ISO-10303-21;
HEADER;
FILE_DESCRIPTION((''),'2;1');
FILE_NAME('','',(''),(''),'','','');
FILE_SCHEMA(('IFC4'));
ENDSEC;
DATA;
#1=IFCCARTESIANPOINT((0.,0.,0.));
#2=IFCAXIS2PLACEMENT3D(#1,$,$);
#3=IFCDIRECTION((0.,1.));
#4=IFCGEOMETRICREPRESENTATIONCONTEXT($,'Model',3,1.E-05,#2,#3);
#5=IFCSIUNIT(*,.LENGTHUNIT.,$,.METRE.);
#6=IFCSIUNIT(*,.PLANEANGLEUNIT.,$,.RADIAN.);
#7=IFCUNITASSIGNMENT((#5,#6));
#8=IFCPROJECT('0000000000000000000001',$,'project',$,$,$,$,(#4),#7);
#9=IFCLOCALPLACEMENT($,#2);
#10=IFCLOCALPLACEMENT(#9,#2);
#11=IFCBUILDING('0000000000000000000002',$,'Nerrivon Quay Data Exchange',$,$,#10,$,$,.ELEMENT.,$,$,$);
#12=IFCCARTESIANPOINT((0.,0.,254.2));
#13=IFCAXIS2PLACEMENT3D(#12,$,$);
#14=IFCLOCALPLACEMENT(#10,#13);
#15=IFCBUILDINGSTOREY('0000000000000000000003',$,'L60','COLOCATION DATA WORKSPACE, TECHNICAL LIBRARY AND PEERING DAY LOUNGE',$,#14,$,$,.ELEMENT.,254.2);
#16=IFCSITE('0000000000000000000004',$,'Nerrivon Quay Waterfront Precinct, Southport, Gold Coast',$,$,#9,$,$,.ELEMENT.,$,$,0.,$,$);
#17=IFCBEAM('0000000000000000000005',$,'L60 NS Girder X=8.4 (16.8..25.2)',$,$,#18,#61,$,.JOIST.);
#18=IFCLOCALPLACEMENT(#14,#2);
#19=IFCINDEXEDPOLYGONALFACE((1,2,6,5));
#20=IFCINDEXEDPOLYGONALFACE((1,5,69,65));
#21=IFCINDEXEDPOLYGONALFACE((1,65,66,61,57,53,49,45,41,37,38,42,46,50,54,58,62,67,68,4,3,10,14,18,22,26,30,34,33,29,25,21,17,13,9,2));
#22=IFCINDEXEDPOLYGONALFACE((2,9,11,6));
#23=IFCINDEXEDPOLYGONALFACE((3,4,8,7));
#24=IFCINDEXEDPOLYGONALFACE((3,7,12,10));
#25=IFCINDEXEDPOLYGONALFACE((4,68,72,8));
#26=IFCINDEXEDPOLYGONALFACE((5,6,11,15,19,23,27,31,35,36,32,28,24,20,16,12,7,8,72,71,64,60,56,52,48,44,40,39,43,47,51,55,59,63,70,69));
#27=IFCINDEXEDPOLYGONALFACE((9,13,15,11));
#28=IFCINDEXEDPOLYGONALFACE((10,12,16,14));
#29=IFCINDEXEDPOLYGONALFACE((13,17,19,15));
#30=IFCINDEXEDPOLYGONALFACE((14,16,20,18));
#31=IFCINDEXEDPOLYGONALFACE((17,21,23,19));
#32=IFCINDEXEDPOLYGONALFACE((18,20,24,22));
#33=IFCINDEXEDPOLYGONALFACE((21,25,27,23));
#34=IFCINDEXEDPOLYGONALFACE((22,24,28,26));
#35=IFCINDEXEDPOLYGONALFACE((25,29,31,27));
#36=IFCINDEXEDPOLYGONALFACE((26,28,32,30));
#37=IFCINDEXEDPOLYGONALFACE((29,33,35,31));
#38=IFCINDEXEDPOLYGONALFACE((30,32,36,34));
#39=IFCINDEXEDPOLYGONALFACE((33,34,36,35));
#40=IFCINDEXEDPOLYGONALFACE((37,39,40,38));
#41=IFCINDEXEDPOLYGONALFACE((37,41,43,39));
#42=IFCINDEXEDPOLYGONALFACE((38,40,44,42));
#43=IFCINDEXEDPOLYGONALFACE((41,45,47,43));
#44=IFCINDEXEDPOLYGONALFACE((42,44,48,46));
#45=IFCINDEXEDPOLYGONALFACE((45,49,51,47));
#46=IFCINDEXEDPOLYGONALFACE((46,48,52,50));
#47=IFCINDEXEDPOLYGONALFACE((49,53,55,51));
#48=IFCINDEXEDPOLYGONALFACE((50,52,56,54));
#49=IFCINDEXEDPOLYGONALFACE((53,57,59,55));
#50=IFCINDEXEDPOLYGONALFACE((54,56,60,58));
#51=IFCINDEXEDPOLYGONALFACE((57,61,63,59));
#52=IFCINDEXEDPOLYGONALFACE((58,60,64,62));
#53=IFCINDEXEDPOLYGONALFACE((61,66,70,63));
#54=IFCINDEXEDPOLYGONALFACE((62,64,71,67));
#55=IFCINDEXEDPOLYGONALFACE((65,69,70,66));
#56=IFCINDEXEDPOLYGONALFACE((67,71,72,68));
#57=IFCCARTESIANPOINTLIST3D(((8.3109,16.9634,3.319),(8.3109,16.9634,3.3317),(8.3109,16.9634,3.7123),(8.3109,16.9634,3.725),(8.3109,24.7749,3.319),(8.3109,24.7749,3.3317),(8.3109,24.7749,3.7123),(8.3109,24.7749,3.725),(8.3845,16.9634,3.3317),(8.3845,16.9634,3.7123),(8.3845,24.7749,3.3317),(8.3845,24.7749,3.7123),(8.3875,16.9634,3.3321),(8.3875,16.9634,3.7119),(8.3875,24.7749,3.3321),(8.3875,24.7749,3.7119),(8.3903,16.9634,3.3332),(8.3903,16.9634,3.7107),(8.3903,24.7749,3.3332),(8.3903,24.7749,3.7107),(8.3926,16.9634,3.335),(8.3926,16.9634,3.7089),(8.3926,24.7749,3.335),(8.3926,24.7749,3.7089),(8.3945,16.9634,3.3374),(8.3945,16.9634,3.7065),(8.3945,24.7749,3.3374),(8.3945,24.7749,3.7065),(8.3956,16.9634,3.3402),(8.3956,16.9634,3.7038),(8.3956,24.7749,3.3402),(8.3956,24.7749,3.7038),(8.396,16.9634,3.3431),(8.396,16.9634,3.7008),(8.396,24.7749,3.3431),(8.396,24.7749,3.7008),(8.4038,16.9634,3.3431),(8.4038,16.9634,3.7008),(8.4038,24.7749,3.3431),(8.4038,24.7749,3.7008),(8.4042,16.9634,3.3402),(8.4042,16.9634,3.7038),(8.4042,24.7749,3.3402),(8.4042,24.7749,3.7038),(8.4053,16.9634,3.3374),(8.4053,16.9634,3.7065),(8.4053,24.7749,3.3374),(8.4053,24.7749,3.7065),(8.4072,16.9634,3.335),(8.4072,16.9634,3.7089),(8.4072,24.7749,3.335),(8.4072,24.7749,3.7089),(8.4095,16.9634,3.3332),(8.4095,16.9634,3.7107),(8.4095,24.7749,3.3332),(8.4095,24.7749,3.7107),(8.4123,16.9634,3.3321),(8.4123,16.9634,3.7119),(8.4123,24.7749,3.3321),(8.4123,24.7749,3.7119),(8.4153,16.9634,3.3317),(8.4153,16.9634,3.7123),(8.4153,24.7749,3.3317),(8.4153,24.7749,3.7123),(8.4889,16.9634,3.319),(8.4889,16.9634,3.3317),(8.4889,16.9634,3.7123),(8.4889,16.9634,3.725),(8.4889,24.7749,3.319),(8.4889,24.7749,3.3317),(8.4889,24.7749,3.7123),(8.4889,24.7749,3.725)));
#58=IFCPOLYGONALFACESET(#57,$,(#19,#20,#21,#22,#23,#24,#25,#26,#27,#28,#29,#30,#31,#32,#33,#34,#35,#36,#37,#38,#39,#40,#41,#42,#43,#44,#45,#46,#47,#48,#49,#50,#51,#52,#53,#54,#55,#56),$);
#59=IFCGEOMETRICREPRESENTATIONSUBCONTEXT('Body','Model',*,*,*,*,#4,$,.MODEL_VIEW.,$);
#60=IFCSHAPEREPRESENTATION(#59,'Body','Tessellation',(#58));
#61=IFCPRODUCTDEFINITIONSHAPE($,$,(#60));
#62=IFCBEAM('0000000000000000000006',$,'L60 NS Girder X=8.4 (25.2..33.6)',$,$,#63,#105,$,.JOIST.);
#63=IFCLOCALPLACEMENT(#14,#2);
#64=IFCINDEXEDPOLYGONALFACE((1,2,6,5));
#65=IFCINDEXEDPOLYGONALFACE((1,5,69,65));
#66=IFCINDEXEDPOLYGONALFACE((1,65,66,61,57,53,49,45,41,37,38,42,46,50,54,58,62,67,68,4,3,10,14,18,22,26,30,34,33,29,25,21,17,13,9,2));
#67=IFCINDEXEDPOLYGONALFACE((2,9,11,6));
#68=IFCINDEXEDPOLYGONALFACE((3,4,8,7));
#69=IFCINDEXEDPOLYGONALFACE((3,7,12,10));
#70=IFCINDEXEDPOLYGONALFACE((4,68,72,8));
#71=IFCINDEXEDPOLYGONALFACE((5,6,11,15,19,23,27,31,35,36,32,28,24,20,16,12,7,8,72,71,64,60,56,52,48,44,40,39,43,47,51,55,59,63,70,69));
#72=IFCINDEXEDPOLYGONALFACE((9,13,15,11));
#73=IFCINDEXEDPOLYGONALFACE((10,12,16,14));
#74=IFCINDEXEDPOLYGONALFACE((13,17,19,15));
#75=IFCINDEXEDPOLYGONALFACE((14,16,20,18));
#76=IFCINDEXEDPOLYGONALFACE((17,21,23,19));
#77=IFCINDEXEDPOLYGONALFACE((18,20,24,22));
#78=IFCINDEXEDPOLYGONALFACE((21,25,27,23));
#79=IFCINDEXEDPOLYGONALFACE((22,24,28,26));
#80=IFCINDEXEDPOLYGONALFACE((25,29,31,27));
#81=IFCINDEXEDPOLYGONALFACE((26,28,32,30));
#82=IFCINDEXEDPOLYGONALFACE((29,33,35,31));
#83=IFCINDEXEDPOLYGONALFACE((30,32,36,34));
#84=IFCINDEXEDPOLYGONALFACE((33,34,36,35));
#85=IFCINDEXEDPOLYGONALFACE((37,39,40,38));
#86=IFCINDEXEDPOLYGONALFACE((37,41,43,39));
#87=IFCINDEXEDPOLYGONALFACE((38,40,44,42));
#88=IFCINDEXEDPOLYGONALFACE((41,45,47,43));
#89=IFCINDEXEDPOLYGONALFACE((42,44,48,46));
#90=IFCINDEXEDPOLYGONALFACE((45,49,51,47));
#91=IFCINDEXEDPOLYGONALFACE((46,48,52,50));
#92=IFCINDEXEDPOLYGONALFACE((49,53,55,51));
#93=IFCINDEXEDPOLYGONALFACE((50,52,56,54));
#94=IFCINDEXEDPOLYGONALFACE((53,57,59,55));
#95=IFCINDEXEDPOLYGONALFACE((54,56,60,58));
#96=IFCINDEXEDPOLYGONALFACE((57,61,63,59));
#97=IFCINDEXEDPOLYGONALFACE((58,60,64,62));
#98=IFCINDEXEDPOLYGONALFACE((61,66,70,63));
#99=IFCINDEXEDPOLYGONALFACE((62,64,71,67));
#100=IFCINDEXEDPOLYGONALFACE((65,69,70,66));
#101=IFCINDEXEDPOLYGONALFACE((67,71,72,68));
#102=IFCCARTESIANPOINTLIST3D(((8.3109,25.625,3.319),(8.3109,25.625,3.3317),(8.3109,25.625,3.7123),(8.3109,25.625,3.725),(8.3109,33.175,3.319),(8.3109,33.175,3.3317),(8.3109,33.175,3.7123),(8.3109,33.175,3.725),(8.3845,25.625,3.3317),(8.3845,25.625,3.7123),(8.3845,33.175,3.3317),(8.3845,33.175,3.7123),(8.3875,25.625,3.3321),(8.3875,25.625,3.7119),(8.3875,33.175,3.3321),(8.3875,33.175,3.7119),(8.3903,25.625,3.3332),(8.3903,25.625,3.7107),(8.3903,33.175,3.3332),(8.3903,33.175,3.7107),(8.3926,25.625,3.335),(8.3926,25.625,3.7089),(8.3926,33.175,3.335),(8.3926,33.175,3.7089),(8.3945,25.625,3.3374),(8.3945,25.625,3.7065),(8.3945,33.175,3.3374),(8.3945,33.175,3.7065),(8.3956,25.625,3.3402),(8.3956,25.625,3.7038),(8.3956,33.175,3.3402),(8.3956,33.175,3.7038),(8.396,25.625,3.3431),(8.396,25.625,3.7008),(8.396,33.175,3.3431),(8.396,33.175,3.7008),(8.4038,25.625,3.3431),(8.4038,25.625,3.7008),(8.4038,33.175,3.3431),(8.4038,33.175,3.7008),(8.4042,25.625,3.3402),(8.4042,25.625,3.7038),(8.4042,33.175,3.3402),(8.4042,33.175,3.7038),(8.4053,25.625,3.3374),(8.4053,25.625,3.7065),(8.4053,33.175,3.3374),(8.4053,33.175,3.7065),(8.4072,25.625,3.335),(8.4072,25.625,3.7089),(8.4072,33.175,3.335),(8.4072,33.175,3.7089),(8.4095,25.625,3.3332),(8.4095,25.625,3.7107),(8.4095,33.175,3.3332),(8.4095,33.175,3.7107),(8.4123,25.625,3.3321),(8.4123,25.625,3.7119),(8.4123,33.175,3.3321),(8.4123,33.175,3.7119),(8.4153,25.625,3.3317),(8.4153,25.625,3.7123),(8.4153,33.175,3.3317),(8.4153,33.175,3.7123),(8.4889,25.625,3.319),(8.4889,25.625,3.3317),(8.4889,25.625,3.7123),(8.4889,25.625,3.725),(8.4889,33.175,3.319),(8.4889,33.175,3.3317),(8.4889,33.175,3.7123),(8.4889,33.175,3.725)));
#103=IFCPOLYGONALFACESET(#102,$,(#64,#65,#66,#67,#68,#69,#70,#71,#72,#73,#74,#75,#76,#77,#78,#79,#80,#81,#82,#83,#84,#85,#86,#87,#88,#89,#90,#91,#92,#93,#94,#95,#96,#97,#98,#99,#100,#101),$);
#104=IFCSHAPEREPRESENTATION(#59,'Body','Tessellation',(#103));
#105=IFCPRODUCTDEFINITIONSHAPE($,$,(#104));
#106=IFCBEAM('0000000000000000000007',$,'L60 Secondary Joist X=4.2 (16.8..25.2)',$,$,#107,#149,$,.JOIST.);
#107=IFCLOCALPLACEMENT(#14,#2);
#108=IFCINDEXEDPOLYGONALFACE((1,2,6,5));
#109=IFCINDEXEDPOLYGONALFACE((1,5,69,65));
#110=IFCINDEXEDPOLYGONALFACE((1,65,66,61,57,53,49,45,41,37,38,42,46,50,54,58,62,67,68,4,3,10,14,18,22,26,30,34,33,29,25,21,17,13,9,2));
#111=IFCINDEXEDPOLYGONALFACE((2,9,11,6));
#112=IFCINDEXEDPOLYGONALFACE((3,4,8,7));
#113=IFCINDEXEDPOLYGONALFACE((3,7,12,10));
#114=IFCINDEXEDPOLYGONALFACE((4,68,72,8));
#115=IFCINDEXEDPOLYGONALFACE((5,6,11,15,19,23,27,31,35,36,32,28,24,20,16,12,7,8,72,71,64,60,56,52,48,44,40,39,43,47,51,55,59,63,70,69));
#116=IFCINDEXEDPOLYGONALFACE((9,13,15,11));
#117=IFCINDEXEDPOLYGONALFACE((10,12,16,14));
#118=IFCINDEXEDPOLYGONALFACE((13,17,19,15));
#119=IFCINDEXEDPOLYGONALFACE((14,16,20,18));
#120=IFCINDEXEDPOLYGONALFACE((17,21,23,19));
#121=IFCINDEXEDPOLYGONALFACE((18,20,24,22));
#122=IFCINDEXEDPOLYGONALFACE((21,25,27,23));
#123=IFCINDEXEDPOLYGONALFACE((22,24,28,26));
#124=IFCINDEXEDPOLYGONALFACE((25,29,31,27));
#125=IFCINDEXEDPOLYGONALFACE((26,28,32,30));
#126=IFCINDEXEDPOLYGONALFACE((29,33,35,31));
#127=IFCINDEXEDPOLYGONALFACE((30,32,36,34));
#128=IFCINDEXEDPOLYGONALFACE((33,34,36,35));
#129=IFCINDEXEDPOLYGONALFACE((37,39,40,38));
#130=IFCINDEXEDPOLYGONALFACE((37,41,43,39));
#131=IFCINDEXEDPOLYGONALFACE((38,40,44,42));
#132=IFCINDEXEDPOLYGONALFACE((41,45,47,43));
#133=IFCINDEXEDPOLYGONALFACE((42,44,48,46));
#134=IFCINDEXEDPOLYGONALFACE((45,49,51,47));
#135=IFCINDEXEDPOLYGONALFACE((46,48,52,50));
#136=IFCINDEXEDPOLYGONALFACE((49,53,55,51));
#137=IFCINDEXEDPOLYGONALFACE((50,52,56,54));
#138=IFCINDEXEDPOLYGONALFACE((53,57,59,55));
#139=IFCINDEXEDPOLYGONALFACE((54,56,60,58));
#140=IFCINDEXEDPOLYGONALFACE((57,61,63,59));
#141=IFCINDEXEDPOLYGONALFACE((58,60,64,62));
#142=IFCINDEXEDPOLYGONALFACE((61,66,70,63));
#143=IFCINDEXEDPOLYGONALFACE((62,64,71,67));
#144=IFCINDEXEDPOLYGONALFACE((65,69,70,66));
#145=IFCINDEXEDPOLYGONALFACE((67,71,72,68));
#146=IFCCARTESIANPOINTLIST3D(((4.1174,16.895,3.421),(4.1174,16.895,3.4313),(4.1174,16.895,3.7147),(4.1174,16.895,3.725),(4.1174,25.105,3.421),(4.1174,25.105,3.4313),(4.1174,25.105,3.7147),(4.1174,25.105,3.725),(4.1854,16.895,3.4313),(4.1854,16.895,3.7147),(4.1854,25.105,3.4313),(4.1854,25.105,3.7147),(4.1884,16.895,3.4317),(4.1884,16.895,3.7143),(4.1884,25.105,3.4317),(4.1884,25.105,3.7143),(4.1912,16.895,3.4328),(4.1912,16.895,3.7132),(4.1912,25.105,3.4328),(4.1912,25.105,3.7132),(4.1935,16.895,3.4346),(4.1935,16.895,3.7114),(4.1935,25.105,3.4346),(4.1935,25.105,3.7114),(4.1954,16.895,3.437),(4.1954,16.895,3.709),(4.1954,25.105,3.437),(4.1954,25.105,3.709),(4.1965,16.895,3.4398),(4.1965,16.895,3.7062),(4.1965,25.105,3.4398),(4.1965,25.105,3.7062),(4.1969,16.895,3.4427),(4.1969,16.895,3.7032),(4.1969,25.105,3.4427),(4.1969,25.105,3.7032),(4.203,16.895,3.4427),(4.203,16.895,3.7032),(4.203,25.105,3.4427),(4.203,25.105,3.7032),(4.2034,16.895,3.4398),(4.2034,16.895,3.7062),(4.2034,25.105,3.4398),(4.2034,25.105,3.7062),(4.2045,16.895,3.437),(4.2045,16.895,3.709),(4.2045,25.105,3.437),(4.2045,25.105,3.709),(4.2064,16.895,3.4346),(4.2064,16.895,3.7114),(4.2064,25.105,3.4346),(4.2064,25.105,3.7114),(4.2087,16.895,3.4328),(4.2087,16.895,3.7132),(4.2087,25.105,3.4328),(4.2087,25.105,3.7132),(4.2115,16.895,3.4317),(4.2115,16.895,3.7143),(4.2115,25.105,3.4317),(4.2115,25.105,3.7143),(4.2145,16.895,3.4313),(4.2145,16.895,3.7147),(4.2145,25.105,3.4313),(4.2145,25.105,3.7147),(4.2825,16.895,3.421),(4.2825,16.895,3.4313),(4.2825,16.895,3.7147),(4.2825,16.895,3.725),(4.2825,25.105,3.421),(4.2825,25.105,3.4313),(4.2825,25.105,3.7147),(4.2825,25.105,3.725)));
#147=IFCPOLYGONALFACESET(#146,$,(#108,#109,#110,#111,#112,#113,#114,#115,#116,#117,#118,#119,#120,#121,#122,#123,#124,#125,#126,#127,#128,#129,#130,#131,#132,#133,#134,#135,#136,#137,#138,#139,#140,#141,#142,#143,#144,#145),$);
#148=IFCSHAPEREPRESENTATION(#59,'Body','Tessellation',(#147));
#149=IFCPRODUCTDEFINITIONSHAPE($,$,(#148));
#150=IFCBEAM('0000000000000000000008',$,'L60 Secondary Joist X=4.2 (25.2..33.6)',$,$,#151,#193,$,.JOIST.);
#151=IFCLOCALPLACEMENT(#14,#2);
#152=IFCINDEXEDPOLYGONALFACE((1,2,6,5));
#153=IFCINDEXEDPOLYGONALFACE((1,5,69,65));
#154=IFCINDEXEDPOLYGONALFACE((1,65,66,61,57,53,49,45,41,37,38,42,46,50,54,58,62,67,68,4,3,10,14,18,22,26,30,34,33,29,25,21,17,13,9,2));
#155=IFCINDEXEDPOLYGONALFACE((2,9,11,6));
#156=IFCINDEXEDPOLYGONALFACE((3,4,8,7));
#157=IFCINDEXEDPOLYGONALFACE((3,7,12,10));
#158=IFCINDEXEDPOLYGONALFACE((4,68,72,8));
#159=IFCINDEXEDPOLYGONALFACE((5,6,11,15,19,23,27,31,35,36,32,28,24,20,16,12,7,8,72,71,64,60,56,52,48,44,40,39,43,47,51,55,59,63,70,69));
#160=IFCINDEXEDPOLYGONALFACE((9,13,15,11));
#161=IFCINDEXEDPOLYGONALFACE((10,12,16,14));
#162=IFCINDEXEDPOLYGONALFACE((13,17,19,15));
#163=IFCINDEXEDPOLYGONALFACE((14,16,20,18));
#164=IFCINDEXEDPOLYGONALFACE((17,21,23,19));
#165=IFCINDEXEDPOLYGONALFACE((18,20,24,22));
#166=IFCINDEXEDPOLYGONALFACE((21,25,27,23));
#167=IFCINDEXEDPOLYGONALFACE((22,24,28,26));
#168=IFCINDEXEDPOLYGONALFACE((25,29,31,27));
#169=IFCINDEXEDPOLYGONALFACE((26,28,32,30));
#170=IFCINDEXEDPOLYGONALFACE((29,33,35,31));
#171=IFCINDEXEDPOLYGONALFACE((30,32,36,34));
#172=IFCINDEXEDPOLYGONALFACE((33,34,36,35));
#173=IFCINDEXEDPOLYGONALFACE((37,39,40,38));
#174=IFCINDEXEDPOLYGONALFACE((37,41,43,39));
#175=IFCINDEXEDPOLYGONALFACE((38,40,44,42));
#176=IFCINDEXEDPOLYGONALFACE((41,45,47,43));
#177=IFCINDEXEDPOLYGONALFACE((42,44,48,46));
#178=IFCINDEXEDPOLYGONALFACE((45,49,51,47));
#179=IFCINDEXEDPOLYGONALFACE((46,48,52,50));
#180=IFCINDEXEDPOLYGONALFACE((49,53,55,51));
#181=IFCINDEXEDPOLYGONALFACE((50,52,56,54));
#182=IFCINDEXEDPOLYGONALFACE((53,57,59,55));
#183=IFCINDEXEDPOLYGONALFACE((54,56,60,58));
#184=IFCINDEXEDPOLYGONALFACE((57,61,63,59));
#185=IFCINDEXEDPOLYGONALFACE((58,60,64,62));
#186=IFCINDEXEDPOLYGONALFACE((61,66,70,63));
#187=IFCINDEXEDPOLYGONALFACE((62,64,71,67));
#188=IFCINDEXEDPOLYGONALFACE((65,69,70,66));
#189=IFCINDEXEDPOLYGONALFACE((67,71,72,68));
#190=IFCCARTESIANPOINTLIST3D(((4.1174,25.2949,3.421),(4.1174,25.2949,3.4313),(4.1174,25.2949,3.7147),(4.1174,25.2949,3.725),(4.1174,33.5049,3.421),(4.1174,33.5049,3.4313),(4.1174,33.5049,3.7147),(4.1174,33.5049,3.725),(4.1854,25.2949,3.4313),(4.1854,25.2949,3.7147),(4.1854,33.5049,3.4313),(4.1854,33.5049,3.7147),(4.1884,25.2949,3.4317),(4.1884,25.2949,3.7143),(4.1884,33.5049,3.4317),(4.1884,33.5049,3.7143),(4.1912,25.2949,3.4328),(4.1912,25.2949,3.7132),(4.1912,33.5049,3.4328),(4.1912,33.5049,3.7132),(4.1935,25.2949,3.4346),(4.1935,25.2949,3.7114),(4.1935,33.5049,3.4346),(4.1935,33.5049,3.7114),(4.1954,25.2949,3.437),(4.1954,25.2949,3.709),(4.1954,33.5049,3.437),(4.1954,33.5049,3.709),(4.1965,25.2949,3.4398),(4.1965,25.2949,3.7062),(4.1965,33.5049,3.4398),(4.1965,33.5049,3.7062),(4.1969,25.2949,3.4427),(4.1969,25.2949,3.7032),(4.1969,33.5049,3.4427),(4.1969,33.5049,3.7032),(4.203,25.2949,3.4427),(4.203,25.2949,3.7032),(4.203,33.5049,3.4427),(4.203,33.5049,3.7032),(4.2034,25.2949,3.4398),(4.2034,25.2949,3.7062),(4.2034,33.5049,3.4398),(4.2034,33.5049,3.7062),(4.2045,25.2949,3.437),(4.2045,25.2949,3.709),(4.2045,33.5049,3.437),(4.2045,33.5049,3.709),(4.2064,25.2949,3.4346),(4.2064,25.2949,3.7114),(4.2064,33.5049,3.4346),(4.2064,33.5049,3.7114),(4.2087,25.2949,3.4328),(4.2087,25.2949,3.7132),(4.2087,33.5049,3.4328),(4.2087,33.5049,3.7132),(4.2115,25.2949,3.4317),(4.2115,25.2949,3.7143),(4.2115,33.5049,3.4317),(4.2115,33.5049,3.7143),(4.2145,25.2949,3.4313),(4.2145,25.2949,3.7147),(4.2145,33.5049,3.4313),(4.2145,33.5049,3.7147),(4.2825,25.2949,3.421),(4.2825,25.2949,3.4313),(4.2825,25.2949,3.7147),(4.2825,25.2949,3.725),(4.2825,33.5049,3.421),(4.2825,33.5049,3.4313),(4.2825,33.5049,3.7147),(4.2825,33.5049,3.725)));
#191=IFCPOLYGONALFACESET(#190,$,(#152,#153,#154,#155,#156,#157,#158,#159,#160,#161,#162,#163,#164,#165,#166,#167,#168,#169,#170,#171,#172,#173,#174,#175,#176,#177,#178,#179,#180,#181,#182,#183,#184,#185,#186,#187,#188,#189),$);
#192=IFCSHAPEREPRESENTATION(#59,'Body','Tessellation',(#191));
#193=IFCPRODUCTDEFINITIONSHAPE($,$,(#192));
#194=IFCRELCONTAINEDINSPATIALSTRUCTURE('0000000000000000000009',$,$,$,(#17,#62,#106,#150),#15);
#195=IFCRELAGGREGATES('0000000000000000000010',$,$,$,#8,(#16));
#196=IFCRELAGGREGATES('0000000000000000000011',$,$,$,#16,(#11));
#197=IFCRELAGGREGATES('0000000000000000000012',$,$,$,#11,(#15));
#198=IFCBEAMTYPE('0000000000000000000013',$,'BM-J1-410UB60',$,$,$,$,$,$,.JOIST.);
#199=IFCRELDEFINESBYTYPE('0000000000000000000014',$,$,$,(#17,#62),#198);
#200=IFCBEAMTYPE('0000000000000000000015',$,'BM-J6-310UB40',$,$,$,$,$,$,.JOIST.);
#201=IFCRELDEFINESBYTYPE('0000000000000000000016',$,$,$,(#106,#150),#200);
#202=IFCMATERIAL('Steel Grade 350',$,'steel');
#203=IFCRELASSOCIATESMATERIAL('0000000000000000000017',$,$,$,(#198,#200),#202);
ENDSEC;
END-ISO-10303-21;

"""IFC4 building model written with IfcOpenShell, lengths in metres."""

from ifc_helpers import new_model, si_unit, direction, frame, origin, origin_2d, place, context, subcontext, project, spatial, i_section, extrude, material, material_profile, profile_set, type_object, element, save


model = new_model("IFC4")

# Units and contexts
model_context = context("Model", 3, precision=1e-05, world=origin(), true_north=direction((0.0, 1.0)))
body_context = subcontext(model_context, "Body", "Model", "MODEL_VIEW")
ifc_project = project(units=[si_unit("LENGTHUNIT", "METRE"), si_unit("PLANEANGLEUNIT", "RADIAN")], contexts=[model_context])

# Site, building, storey
site_placement = place(None, origin())
site = spatial("IfcSite", under=ifc_project, at=site_placement, Name="Nerrivon Quay Waterfront Precinct, Southport, Gold Coast", CompositionType="ELEMENT", RefElevation=0.0)
building_placement = place(site_placement, origin())
building = spatial("IfcBuilding", under=site, at=building_placement, Name="Nerrivon Quay Data Exchange", CompositionType="ELEMENT")
storey_placement = place(building_placement, frame((0.0, 0.0, 254.2)))
storey = spatial("IfcBuildingStorey", under=building, at=storey_placement, Name="L60", Description="COLOCATION DATA WORKSPACE, TECHNICAL LIBRARY AND PEERING DAY LOUNGE", CompositionType="ELEMENT", Elevation=254.2)

# Shared definitions
ifc_material_1 = material(Name="Steel Grade 350", Category="steel")

# Beams
ifc_material_profile_1 = material_profile(ifc_material_1, i_section(OverallWidth=0.178, OverallDepth=0.406, WebThickness=0.0078, FlangeThickness=0.0127, FilletRadius=0.0115, at=origin_2d()), Name="410UB59.7")
ifc_profile_set_1 = profile_set([ifc_material_profile_1], Name="Steel Grade 350")
beam_type_1 = type_object("IfcBeamType", Name="BM-J1-410UB60", PredefinedType="JOIST", material=ifc_profile_set_1)
beam_1_placement = place(storey_placement, frame((8.3999, 16.9634, 3.522), z_axis=(0.0, 1.0, 0.0), x_axis=(-1.0, 0.0, 0.0)))
element("IfcBeam", 1, at=beam_1_placement, inside=storey, type_object=beam_type_1, Name="L60 NS Girder X=8.4 (16.8..25.2)", PredefinedType="JOIST", context=body_context, shape_type="SweptSolid", body=[
    extrude(i_section(OverallWidth=0.178, OverallDepth=0.406, WebThickness=0.0078, FlangeThickness=0.0127, FilletRadius=0.0115, at=origin_2d()), origin(), (0.0, 0.0, 1.0), 7.8115),
])
beam_2_placement = place(storey_placement, frame((8.3999, 25.625, 3.522), z_axis=(0.0, 1.0, 0.0), x_axis=(-1.0, 0.0, 0.0)))
element("IfcBeam", 2, at=beam_2_placement, inside=storey, type_object=beam_type_1, Name="L60 NS Girder X=8.4 (25.2..33.6)", PredefinedType="JOIST", context=body_context, shape_type="SweptSolid", body=[
    extrude(i_section(OverallWidth=0.178, OverallDepth=0.406, WebThickness=0.0078, FlangeThickness=0.0127, FilletRadius=0.0115, at=origin_2d()), origin(), (0.0, 0.0, 1.0), 7.55),
])
ifc_material_profile_2 = material_profile(ifc_material_1, i_section(OverallWidth=0.165, OverallDepth=0.304, WebThickness=0.0061, FlangeThickness=0.0103, FilletRadius=0.0115, at=origin_2d()), Name="310UB40.4")
ifc_profile_set_2 = profile_set([ifc_material_profile_2], Name="Steel Grade 350")
beam_type_2 = type_object("IfcBeamType", Name="BM-J6-310UB40", PredefinedType="JOIST", material=ifc_profile_set_2)
for number, where, z_axis, x_axis, name in (
    (3, (4.2, 16.895, 3.573), (0.0, 1.0, 0.0), (-1.0, 0.0, 0.0), "L60 Secondary Joist X=4.2 (16.8..25.2)"),
    (4, (4.2, 25.2949, 3.573), (0.0, 1.0, 0.0), (-1.0, 0.0, 0.0), "L60 Secondary Joist X=4.2 (25.2..33.6)"),
):
    element("IfcBeam", number, at=place(storey_placement, frame(where, z_axis=z_axis, x_axis=x_axis)), inside=storey, type_object=beam_type_2, Name=name, PredefinedType="JOIST", context=body_context, shape_type="SweptSolid", body=[
        extrude(i_section(OverallWidth=0.165, OverallDepth=0.304, WebThickness=0.0061, FlangeThickness=0.0103, FilletRadius=0.0115, at=origin_2d()), origin(), (0.0, 0.0, 1.0), 8.21),
    ])

save(model, "model.ifc")
